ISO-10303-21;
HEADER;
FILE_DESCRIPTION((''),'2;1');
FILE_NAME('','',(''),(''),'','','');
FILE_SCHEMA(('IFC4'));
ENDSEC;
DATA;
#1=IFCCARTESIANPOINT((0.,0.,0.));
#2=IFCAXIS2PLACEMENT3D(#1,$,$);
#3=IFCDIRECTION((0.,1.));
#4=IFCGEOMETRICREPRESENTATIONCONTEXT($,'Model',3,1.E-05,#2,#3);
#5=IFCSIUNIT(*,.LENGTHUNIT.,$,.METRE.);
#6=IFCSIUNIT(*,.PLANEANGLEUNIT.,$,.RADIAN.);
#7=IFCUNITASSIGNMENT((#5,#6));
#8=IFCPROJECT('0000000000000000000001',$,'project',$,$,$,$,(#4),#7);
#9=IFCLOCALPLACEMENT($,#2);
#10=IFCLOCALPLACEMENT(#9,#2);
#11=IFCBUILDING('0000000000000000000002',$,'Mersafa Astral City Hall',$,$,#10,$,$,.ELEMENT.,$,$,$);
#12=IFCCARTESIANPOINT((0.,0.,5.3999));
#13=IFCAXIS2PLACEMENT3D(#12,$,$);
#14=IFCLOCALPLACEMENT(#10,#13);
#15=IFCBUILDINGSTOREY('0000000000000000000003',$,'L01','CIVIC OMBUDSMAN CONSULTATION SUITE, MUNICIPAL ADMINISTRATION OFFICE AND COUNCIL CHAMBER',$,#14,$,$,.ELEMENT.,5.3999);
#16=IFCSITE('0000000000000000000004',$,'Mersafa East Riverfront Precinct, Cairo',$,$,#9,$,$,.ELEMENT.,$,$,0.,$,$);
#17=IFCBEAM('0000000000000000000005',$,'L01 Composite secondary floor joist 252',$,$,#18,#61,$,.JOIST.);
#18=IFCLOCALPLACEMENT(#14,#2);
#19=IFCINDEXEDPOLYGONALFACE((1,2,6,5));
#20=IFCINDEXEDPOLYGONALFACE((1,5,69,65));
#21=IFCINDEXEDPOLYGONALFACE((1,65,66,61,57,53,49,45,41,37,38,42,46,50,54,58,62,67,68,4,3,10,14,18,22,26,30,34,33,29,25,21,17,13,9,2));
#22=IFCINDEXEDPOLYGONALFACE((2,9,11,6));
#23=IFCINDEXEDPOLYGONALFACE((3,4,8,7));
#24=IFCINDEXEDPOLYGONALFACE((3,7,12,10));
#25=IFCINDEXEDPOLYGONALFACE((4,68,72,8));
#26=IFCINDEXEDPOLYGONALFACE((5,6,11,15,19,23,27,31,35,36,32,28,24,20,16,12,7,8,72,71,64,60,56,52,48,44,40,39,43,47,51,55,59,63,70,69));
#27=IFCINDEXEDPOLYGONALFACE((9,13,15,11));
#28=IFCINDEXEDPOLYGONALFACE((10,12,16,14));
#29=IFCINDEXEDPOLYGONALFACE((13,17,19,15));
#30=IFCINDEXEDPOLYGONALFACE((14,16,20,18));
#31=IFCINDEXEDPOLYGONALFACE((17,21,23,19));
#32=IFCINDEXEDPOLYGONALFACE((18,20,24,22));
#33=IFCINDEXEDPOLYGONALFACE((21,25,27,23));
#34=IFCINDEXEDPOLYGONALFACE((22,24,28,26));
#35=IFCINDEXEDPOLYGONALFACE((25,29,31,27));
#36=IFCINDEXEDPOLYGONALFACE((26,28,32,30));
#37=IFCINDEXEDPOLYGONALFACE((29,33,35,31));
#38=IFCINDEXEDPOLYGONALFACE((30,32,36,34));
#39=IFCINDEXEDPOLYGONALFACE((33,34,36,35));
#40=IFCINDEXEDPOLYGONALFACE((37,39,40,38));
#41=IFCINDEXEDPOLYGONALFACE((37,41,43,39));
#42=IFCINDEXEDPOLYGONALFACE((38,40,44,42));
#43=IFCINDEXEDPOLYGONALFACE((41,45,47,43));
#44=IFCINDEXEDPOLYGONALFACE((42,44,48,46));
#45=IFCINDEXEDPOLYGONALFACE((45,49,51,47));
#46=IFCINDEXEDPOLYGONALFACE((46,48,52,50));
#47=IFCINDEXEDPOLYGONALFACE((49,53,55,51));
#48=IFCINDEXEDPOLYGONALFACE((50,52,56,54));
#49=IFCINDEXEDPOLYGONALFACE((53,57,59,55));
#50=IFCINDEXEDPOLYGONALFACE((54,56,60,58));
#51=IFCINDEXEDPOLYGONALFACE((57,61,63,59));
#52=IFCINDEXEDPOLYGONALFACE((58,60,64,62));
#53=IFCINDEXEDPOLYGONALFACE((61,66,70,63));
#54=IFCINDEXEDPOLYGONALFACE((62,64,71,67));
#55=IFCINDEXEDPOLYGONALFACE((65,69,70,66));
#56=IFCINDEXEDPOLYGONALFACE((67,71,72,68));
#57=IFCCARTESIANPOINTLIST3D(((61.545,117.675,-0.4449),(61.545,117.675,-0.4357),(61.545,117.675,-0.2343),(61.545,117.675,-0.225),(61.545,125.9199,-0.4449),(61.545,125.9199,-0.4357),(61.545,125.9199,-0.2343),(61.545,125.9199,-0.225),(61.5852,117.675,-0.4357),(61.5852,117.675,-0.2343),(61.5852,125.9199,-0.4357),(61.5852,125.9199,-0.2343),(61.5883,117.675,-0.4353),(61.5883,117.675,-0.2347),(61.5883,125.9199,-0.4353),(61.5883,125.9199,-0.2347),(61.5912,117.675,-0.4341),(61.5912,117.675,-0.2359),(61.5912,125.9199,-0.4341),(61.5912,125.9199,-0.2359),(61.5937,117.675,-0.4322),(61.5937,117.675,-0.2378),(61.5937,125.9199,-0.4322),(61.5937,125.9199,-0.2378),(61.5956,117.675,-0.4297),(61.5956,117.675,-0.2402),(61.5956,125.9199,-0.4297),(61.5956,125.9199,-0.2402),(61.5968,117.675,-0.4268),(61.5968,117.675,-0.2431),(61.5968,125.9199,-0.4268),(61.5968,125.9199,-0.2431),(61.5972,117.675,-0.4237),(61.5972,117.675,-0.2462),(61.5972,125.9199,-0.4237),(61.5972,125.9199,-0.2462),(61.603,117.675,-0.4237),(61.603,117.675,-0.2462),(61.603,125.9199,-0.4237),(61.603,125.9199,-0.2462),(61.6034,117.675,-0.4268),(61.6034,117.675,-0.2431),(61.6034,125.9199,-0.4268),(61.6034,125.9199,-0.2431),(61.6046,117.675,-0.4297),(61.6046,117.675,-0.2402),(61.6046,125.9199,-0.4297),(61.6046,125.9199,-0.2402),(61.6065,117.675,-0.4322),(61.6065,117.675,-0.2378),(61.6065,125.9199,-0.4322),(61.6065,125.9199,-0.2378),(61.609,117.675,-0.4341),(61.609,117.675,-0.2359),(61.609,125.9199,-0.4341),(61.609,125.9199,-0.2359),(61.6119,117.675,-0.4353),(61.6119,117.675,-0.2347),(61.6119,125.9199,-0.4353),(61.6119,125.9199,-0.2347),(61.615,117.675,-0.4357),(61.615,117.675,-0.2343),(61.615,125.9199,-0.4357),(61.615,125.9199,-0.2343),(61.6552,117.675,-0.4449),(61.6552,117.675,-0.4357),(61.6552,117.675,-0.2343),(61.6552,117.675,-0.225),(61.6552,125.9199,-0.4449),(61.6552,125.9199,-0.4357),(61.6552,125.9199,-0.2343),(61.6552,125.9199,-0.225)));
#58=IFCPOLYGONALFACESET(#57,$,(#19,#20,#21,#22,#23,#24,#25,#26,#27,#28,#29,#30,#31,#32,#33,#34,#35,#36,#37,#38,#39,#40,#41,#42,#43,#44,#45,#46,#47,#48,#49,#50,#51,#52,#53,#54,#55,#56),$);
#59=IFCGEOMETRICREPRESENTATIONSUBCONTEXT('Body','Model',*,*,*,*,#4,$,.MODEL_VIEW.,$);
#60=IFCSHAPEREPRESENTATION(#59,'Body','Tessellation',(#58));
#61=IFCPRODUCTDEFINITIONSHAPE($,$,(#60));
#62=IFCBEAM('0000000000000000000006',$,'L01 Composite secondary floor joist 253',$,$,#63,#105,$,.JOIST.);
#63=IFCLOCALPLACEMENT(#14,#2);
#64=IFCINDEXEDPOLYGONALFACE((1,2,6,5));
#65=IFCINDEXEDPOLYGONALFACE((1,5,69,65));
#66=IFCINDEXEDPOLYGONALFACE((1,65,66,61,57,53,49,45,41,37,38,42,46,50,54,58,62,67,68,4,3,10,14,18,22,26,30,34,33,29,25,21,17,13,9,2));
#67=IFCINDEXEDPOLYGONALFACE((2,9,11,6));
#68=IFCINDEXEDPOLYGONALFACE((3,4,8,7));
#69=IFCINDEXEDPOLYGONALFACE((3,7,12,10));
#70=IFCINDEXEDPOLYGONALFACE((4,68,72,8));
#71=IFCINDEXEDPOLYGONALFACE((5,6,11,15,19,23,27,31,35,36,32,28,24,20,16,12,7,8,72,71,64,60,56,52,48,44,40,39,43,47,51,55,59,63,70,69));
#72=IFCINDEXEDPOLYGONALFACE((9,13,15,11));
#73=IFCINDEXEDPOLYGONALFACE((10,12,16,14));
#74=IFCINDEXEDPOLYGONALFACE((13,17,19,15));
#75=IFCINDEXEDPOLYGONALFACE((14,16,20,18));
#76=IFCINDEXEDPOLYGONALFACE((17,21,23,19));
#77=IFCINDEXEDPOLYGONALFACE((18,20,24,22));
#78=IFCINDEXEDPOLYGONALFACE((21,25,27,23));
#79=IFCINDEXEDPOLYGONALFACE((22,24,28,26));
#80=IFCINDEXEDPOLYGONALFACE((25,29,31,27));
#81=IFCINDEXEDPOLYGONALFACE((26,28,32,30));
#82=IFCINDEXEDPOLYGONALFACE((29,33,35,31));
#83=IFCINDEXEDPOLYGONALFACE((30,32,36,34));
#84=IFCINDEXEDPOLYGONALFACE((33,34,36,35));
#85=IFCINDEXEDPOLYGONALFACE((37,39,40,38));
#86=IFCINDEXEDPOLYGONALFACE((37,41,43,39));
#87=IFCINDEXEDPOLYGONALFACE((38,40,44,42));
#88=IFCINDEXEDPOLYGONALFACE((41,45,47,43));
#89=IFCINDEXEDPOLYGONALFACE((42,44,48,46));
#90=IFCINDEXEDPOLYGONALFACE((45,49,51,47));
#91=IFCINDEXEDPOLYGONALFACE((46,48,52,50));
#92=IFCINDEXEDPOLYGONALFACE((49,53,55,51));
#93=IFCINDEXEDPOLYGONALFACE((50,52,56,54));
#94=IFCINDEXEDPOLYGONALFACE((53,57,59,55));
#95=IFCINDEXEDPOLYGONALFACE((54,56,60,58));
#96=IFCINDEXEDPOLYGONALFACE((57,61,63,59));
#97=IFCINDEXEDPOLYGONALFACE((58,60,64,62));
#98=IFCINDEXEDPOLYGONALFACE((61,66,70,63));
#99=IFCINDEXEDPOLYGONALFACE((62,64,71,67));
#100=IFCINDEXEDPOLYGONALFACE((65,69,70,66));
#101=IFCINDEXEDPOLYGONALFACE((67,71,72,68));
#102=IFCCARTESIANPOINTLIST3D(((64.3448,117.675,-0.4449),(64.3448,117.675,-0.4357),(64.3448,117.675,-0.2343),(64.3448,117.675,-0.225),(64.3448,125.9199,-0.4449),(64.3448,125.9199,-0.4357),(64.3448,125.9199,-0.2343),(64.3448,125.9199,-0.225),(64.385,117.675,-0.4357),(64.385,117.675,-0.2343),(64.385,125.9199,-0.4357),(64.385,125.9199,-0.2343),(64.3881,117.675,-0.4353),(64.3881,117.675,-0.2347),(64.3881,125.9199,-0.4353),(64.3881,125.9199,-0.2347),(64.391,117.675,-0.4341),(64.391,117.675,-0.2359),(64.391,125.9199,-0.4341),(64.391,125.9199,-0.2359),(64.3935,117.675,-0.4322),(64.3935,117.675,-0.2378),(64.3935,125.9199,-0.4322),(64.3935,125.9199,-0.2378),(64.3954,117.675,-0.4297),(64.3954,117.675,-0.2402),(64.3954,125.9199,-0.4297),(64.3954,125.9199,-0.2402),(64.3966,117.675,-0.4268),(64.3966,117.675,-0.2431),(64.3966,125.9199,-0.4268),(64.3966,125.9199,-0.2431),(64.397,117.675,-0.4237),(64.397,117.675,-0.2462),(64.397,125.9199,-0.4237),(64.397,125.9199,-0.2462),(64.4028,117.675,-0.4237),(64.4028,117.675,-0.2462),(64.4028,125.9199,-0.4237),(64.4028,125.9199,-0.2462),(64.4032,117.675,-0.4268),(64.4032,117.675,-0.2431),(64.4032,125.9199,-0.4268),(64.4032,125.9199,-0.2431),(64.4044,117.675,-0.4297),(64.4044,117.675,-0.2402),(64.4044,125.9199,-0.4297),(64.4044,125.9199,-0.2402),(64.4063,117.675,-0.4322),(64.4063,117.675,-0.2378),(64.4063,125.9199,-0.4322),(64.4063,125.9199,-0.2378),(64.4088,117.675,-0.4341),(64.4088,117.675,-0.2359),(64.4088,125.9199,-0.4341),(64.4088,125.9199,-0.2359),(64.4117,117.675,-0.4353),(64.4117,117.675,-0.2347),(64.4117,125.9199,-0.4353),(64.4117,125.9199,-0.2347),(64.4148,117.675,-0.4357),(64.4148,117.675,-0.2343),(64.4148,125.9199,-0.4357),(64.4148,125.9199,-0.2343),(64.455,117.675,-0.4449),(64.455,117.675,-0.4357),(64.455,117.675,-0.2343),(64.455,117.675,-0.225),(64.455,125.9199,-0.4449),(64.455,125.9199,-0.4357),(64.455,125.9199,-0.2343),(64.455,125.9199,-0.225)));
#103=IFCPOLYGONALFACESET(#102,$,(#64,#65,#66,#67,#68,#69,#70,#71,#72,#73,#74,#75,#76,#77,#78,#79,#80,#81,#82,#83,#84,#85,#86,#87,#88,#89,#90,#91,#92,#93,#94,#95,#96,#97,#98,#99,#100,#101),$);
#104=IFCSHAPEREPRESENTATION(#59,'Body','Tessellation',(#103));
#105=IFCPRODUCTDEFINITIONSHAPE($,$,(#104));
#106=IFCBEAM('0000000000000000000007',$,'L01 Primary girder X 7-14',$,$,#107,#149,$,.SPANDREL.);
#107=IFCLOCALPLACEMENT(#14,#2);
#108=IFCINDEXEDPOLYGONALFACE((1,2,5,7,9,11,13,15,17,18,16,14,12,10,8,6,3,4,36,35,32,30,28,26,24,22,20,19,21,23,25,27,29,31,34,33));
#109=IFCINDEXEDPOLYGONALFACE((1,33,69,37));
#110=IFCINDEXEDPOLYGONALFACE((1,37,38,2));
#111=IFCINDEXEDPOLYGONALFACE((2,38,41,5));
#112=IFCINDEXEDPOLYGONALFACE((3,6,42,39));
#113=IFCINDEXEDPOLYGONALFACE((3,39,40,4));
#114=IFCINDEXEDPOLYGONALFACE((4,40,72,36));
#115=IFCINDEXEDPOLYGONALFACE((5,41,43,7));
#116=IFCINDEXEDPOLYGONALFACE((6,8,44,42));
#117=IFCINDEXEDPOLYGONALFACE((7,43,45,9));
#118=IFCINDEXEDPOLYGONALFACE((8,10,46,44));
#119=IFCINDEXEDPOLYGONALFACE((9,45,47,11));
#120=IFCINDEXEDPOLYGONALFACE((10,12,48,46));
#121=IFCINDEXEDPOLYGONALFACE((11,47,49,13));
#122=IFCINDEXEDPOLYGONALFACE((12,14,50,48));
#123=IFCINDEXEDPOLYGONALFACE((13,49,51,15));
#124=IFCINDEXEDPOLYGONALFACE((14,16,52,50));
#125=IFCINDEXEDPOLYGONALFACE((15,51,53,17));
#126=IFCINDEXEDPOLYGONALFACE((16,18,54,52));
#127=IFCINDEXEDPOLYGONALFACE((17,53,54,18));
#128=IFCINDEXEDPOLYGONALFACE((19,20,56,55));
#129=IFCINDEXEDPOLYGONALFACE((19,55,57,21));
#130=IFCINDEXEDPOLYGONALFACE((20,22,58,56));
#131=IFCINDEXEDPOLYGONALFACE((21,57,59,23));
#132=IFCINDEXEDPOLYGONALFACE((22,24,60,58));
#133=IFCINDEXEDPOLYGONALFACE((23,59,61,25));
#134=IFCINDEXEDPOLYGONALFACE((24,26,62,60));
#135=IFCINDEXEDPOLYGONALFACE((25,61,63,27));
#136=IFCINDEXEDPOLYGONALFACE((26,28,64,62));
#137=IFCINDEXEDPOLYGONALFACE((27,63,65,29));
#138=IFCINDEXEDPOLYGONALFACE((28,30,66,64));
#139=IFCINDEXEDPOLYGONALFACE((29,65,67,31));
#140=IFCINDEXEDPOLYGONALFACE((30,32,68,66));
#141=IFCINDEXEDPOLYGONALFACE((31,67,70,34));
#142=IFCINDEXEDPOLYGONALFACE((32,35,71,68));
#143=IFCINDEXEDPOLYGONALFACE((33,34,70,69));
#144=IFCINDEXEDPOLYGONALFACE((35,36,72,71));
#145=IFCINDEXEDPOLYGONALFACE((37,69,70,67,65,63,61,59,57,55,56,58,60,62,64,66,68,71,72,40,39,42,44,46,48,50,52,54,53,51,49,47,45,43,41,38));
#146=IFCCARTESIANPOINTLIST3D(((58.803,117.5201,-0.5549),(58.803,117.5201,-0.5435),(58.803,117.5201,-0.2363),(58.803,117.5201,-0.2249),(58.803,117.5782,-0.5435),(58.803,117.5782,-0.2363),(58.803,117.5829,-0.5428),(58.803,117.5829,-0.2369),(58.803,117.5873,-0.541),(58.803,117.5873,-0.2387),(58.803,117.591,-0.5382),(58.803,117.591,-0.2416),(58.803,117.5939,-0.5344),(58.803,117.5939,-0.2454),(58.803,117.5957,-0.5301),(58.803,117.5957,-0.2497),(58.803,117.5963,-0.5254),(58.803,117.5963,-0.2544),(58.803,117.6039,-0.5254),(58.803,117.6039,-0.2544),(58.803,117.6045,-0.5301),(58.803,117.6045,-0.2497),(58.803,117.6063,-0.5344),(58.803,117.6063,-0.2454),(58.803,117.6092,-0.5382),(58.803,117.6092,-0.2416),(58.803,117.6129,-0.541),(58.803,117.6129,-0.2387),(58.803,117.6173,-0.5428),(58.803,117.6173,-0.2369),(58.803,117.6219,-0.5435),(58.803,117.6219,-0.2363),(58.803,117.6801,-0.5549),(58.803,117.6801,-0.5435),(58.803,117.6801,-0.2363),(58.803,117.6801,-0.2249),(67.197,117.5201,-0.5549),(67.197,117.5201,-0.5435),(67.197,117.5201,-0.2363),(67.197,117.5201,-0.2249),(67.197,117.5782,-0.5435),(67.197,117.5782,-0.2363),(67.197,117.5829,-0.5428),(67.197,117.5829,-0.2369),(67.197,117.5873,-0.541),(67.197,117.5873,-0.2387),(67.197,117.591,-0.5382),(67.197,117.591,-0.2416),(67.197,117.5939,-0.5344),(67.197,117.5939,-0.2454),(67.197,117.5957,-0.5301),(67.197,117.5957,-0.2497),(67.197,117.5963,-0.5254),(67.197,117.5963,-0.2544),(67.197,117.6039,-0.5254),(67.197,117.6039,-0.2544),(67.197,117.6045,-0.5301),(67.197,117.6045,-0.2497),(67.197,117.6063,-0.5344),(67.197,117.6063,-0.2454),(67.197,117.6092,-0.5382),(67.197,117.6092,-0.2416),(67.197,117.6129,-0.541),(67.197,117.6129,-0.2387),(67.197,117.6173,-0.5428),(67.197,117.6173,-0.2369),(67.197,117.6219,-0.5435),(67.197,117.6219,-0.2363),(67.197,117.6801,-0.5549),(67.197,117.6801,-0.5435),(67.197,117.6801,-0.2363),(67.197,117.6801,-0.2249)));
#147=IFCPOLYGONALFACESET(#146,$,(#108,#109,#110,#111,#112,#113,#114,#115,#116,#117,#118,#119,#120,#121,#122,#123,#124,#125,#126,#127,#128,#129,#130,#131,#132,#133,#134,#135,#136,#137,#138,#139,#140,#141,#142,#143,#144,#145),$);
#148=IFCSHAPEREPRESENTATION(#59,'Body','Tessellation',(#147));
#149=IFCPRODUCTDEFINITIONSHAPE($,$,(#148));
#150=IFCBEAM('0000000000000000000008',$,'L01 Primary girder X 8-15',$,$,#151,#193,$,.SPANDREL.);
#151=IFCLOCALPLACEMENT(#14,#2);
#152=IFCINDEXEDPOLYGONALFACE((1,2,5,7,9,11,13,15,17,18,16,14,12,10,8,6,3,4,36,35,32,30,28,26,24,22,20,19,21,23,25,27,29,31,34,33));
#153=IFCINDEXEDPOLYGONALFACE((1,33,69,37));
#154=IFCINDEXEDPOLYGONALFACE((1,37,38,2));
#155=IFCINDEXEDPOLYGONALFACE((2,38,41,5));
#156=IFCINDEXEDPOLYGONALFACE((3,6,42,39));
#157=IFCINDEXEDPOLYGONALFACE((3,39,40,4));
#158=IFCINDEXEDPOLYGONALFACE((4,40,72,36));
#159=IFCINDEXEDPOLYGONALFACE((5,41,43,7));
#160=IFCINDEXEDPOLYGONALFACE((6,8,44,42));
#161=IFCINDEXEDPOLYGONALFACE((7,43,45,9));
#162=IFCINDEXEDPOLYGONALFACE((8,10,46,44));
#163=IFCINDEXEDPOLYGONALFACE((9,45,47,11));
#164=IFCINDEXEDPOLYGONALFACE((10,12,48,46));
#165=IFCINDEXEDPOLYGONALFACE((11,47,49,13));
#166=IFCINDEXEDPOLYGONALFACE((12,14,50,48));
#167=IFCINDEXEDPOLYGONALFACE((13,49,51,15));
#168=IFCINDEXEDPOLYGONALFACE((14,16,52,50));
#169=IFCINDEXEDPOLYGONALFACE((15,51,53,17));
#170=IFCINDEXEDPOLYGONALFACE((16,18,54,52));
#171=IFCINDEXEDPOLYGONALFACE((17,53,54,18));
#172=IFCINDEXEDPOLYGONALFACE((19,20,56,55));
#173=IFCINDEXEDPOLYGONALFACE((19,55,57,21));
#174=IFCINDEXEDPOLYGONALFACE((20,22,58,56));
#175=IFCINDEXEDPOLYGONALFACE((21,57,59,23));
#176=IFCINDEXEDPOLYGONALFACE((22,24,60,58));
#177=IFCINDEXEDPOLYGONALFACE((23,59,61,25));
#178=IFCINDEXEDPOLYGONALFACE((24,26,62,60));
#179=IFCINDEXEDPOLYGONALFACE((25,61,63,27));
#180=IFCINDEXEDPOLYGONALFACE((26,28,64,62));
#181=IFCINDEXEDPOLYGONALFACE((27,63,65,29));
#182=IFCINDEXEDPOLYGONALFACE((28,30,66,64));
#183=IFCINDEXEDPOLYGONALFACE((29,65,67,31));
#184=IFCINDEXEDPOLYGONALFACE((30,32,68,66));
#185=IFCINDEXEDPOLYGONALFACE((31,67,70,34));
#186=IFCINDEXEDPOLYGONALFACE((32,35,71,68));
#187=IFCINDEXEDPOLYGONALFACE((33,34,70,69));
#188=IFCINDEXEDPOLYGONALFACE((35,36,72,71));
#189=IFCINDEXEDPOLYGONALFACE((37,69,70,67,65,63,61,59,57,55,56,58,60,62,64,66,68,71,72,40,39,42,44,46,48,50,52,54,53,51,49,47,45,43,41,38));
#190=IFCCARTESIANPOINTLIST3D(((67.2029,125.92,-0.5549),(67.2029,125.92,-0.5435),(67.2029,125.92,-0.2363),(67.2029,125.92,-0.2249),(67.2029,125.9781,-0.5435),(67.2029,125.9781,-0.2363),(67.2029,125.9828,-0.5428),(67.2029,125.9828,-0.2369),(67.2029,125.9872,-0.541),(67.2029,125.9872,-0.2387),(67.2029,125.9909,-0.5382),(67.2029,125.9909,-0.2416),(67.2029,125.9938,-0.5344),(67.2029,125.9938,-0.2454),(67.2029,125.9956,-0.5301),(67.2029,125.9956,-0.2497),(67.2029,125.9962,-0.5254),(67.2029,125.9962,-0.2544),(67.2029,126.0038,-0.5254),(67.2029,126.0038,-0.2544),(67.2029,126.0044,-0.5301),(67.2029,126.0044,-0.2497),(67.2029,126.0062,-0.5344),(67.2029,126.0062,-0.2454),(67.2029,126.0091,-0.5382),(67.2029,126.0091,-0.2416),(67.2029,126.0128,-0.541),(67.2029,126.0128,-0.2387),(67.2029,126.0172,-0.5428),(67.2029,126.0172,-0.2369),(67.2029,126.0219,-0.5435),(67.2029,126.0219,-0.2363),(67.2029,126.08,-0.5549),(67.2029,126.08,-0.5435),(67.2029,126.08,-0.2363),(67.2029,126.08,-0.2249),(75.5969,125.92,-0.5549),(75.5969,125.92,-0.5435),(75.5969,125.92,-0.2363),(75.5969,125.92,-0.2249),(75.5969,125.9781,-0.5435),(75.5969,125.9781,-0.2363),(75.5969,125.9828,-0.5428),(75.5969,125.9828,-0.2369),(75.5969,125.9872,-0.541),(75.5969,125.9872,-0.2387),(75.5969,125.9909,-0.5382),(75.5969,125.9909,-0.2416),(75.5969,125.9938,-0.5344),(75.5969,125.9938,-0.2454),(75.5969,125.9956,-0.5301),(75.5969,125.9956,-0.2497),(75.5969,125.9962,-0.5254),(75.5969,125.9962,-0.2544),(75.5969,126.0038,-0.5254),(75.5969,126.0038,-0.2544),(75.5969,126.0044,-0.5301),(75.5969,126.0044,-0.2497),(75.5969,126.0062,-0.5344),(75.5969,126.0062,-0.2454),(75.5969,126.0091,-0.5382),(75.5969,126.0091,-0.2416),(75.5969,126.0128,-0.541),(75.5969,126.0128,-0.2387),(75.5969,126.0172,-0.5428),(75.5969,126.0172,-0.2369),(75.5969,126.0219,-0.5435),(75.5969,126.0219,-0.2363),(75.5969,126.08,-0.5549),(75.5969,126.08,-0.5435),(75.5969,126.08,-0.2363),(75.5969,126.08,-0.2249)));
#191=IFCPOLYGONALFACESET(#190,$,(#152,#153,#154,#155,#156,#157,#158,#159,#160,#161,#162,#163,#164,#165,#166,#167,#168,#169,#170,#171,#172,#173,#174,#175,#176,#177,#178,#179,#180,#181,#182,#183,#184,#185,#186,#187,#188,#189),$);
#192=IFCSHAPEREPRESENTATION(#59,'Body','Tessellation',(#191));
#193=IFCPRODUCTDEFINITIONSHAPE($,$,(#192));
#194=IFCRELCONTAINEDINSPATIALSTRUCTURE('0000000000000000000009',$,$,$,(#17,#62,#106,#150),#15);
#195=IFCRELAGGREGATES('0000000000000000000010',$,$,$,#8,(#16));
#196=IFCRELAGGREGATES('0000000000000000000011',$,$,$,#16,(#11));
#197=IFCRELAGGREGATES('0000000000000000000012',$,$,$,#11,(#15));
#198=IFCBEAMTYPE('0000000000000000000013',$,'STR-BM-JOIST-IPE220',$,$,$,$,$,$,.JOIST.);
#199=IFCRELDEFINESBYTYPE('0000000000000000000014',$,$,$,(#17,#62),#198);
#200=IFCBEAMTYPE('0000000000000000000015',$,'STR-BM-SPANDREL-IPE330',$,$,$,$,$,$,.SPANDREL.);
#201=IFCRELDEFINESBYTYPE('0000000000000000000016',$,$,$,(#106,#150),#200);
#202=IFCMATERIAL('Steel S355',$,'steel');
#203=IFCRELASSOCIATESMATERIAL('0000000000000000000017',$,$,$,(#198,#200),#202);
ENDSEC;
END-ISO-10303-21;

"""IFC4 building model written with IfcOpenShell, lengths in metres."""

from ifc_helpers import new_model, si_unit, direction, frame, origin, origin_2d, place, context, subcontext, project, spatial, i_section, extrude, material, material_profile, profile_set, type_object, element, save


model = new_model("IFC4")

# Units and contexts
model_context = context("Model", 3, precision=1e-05, world=origin(), true_north=direction((0.0, 1.0)))
body_context = subcontext(model_context, "Body", "Model", "MODEL_VIEW")
ifc_project = project(units=[si_unit("LENGTHUNIT", "METRE"), si_unit("PLANEANGLEUNIT", "RADIAN")], contexts=[model_context])

# Site, building, storey
site_placement = place(None, origin())
site = spatial("IfcSite", under=ifc_project, at=site_placement, Name="Mersafa East Riverfront Precinct, Cairo", CompositionType="ELEMENT", RefElevation=0.0)
building_placement = place(site_placement, origin())
building = spatial("IfcBuilding", under=site, at=building_placement, Name="Mersafa Astral City Hall", CompositionType="ELEMENT")
storey_placement = place(building_placement, frame((0.0, 0.0, 5.3999)))
storey = spatial("IfcBuildingStorey", under=building, at=storey_placement, Name="L01", Description="CIVIC OMBUDSMAN CONSULTATION SUITE, MUNICIPAL ADMINISTRATION OFFICE AND COUNCIL CHAMBER", CompositionType="ELEMENT", Elevation=5.3999)

# Shared definitions
ifc_material_1 = material(Name="Steel S355", Category="steel")

# Beams
ifc_material_profile_1 = material_profile(ifc_material_1, i_section(OverallWidth=0.1101, OverallDepth=0.22, WebThickness=0.0059, FlangeThickness=0.0093, FilletRadius=0.012, at=origin_2d()), Name="IPE 220")
ifc_profile_set_1 = profile_set([ifc_material_profile_1], Name="Steel S355")
beam_type_1 = type_object("IfcBeamType", Name="STR-BM-JOIST-IPE220", PredefinedType="JOIST", material=ifc_profile_set_1)
for number, where, z_axis, x_axis, name in (
    (1, (61.6001, 117.675, -0.335), (0.0, 1.0, 0.0), (-1.0, 0.0, 0.0), "L01 Composite secondary floor joist 252"),
    (2, (64.3999, 117.675, -0.335), (0.0, 1.0, 0.0), (-1.0, 0.0, 0.0), "L01 Composite secondary floor joist 253"),
):
    element("IfcBeam", number, at=place(storey_placement, frame(where, z_axis=z_axis, x_axis=x_axis)), inside=storey, type_object=beam_type_1, Name=name, PredefinedType="JOIST", context=body_context, shape_type="SweptSolid", body=[
        extrude(i_section(OverallWidth=0.1101, OverallDepth=0.22, WebThickness=0.0059, FlangeThickness=0.0093, FilletRadius=0.012, at=origin_2d()), origin(), (0.0, 0.0, 1.0), 8.2449),
    ])
ifc_material_profile_2 = material_profile(ifc_material_1, i_section(OverallWidth=0.1599, OverallDepth=0.3301, WebThickness=0.0076, FlangeThickness=0.0115, FilletRadius=0.0181, at=origin_2d()), Name="IPE 330")
ifc_profile_set_2 = profile_set([ifc_material_profile_2], Name="Steel S355")
beam_type_2 = type_object("IfcBeamType", Name="STR-BM-SPANDREL-IPE330", PredefinedType="SPANDREL", material=ifc_profile_set_2)
for number, where, z_axis, x_axis, name in (
    (3, (58.803, 117.6001, -0.3899), (1.0, 0.0, 0.0), (0.0, 1.0, 0.0), "L01 Primary girder X 7-14"),
    (4, (67.2029, 126.0, -0.3899), (1.0, 0.0, 0.0), (0.0, 1.0, 0.0), "L01 Primary girder X 8-15"),
):
    element("IfcBeam", number, at=place(storey_placement, frame(where, z_axis=z_axis, x_axis=x_axis)), inside=storey, type_object=beam_type_2, Name=name, PredefinedType="SPANDREL", context=body_context, shape_type="SweptSolid", body=[
        extrude(i_section(OverallWidth=0.1599, OverallDepth=0.3301, WebThickness=0.0076, FlangeThickness=0.0115, FilletRadius=0.0181, at=origin_2d()), origin(), (0.0, 0.0, 1.0), 8.394),
    ])

save(model, "model.ifc")
